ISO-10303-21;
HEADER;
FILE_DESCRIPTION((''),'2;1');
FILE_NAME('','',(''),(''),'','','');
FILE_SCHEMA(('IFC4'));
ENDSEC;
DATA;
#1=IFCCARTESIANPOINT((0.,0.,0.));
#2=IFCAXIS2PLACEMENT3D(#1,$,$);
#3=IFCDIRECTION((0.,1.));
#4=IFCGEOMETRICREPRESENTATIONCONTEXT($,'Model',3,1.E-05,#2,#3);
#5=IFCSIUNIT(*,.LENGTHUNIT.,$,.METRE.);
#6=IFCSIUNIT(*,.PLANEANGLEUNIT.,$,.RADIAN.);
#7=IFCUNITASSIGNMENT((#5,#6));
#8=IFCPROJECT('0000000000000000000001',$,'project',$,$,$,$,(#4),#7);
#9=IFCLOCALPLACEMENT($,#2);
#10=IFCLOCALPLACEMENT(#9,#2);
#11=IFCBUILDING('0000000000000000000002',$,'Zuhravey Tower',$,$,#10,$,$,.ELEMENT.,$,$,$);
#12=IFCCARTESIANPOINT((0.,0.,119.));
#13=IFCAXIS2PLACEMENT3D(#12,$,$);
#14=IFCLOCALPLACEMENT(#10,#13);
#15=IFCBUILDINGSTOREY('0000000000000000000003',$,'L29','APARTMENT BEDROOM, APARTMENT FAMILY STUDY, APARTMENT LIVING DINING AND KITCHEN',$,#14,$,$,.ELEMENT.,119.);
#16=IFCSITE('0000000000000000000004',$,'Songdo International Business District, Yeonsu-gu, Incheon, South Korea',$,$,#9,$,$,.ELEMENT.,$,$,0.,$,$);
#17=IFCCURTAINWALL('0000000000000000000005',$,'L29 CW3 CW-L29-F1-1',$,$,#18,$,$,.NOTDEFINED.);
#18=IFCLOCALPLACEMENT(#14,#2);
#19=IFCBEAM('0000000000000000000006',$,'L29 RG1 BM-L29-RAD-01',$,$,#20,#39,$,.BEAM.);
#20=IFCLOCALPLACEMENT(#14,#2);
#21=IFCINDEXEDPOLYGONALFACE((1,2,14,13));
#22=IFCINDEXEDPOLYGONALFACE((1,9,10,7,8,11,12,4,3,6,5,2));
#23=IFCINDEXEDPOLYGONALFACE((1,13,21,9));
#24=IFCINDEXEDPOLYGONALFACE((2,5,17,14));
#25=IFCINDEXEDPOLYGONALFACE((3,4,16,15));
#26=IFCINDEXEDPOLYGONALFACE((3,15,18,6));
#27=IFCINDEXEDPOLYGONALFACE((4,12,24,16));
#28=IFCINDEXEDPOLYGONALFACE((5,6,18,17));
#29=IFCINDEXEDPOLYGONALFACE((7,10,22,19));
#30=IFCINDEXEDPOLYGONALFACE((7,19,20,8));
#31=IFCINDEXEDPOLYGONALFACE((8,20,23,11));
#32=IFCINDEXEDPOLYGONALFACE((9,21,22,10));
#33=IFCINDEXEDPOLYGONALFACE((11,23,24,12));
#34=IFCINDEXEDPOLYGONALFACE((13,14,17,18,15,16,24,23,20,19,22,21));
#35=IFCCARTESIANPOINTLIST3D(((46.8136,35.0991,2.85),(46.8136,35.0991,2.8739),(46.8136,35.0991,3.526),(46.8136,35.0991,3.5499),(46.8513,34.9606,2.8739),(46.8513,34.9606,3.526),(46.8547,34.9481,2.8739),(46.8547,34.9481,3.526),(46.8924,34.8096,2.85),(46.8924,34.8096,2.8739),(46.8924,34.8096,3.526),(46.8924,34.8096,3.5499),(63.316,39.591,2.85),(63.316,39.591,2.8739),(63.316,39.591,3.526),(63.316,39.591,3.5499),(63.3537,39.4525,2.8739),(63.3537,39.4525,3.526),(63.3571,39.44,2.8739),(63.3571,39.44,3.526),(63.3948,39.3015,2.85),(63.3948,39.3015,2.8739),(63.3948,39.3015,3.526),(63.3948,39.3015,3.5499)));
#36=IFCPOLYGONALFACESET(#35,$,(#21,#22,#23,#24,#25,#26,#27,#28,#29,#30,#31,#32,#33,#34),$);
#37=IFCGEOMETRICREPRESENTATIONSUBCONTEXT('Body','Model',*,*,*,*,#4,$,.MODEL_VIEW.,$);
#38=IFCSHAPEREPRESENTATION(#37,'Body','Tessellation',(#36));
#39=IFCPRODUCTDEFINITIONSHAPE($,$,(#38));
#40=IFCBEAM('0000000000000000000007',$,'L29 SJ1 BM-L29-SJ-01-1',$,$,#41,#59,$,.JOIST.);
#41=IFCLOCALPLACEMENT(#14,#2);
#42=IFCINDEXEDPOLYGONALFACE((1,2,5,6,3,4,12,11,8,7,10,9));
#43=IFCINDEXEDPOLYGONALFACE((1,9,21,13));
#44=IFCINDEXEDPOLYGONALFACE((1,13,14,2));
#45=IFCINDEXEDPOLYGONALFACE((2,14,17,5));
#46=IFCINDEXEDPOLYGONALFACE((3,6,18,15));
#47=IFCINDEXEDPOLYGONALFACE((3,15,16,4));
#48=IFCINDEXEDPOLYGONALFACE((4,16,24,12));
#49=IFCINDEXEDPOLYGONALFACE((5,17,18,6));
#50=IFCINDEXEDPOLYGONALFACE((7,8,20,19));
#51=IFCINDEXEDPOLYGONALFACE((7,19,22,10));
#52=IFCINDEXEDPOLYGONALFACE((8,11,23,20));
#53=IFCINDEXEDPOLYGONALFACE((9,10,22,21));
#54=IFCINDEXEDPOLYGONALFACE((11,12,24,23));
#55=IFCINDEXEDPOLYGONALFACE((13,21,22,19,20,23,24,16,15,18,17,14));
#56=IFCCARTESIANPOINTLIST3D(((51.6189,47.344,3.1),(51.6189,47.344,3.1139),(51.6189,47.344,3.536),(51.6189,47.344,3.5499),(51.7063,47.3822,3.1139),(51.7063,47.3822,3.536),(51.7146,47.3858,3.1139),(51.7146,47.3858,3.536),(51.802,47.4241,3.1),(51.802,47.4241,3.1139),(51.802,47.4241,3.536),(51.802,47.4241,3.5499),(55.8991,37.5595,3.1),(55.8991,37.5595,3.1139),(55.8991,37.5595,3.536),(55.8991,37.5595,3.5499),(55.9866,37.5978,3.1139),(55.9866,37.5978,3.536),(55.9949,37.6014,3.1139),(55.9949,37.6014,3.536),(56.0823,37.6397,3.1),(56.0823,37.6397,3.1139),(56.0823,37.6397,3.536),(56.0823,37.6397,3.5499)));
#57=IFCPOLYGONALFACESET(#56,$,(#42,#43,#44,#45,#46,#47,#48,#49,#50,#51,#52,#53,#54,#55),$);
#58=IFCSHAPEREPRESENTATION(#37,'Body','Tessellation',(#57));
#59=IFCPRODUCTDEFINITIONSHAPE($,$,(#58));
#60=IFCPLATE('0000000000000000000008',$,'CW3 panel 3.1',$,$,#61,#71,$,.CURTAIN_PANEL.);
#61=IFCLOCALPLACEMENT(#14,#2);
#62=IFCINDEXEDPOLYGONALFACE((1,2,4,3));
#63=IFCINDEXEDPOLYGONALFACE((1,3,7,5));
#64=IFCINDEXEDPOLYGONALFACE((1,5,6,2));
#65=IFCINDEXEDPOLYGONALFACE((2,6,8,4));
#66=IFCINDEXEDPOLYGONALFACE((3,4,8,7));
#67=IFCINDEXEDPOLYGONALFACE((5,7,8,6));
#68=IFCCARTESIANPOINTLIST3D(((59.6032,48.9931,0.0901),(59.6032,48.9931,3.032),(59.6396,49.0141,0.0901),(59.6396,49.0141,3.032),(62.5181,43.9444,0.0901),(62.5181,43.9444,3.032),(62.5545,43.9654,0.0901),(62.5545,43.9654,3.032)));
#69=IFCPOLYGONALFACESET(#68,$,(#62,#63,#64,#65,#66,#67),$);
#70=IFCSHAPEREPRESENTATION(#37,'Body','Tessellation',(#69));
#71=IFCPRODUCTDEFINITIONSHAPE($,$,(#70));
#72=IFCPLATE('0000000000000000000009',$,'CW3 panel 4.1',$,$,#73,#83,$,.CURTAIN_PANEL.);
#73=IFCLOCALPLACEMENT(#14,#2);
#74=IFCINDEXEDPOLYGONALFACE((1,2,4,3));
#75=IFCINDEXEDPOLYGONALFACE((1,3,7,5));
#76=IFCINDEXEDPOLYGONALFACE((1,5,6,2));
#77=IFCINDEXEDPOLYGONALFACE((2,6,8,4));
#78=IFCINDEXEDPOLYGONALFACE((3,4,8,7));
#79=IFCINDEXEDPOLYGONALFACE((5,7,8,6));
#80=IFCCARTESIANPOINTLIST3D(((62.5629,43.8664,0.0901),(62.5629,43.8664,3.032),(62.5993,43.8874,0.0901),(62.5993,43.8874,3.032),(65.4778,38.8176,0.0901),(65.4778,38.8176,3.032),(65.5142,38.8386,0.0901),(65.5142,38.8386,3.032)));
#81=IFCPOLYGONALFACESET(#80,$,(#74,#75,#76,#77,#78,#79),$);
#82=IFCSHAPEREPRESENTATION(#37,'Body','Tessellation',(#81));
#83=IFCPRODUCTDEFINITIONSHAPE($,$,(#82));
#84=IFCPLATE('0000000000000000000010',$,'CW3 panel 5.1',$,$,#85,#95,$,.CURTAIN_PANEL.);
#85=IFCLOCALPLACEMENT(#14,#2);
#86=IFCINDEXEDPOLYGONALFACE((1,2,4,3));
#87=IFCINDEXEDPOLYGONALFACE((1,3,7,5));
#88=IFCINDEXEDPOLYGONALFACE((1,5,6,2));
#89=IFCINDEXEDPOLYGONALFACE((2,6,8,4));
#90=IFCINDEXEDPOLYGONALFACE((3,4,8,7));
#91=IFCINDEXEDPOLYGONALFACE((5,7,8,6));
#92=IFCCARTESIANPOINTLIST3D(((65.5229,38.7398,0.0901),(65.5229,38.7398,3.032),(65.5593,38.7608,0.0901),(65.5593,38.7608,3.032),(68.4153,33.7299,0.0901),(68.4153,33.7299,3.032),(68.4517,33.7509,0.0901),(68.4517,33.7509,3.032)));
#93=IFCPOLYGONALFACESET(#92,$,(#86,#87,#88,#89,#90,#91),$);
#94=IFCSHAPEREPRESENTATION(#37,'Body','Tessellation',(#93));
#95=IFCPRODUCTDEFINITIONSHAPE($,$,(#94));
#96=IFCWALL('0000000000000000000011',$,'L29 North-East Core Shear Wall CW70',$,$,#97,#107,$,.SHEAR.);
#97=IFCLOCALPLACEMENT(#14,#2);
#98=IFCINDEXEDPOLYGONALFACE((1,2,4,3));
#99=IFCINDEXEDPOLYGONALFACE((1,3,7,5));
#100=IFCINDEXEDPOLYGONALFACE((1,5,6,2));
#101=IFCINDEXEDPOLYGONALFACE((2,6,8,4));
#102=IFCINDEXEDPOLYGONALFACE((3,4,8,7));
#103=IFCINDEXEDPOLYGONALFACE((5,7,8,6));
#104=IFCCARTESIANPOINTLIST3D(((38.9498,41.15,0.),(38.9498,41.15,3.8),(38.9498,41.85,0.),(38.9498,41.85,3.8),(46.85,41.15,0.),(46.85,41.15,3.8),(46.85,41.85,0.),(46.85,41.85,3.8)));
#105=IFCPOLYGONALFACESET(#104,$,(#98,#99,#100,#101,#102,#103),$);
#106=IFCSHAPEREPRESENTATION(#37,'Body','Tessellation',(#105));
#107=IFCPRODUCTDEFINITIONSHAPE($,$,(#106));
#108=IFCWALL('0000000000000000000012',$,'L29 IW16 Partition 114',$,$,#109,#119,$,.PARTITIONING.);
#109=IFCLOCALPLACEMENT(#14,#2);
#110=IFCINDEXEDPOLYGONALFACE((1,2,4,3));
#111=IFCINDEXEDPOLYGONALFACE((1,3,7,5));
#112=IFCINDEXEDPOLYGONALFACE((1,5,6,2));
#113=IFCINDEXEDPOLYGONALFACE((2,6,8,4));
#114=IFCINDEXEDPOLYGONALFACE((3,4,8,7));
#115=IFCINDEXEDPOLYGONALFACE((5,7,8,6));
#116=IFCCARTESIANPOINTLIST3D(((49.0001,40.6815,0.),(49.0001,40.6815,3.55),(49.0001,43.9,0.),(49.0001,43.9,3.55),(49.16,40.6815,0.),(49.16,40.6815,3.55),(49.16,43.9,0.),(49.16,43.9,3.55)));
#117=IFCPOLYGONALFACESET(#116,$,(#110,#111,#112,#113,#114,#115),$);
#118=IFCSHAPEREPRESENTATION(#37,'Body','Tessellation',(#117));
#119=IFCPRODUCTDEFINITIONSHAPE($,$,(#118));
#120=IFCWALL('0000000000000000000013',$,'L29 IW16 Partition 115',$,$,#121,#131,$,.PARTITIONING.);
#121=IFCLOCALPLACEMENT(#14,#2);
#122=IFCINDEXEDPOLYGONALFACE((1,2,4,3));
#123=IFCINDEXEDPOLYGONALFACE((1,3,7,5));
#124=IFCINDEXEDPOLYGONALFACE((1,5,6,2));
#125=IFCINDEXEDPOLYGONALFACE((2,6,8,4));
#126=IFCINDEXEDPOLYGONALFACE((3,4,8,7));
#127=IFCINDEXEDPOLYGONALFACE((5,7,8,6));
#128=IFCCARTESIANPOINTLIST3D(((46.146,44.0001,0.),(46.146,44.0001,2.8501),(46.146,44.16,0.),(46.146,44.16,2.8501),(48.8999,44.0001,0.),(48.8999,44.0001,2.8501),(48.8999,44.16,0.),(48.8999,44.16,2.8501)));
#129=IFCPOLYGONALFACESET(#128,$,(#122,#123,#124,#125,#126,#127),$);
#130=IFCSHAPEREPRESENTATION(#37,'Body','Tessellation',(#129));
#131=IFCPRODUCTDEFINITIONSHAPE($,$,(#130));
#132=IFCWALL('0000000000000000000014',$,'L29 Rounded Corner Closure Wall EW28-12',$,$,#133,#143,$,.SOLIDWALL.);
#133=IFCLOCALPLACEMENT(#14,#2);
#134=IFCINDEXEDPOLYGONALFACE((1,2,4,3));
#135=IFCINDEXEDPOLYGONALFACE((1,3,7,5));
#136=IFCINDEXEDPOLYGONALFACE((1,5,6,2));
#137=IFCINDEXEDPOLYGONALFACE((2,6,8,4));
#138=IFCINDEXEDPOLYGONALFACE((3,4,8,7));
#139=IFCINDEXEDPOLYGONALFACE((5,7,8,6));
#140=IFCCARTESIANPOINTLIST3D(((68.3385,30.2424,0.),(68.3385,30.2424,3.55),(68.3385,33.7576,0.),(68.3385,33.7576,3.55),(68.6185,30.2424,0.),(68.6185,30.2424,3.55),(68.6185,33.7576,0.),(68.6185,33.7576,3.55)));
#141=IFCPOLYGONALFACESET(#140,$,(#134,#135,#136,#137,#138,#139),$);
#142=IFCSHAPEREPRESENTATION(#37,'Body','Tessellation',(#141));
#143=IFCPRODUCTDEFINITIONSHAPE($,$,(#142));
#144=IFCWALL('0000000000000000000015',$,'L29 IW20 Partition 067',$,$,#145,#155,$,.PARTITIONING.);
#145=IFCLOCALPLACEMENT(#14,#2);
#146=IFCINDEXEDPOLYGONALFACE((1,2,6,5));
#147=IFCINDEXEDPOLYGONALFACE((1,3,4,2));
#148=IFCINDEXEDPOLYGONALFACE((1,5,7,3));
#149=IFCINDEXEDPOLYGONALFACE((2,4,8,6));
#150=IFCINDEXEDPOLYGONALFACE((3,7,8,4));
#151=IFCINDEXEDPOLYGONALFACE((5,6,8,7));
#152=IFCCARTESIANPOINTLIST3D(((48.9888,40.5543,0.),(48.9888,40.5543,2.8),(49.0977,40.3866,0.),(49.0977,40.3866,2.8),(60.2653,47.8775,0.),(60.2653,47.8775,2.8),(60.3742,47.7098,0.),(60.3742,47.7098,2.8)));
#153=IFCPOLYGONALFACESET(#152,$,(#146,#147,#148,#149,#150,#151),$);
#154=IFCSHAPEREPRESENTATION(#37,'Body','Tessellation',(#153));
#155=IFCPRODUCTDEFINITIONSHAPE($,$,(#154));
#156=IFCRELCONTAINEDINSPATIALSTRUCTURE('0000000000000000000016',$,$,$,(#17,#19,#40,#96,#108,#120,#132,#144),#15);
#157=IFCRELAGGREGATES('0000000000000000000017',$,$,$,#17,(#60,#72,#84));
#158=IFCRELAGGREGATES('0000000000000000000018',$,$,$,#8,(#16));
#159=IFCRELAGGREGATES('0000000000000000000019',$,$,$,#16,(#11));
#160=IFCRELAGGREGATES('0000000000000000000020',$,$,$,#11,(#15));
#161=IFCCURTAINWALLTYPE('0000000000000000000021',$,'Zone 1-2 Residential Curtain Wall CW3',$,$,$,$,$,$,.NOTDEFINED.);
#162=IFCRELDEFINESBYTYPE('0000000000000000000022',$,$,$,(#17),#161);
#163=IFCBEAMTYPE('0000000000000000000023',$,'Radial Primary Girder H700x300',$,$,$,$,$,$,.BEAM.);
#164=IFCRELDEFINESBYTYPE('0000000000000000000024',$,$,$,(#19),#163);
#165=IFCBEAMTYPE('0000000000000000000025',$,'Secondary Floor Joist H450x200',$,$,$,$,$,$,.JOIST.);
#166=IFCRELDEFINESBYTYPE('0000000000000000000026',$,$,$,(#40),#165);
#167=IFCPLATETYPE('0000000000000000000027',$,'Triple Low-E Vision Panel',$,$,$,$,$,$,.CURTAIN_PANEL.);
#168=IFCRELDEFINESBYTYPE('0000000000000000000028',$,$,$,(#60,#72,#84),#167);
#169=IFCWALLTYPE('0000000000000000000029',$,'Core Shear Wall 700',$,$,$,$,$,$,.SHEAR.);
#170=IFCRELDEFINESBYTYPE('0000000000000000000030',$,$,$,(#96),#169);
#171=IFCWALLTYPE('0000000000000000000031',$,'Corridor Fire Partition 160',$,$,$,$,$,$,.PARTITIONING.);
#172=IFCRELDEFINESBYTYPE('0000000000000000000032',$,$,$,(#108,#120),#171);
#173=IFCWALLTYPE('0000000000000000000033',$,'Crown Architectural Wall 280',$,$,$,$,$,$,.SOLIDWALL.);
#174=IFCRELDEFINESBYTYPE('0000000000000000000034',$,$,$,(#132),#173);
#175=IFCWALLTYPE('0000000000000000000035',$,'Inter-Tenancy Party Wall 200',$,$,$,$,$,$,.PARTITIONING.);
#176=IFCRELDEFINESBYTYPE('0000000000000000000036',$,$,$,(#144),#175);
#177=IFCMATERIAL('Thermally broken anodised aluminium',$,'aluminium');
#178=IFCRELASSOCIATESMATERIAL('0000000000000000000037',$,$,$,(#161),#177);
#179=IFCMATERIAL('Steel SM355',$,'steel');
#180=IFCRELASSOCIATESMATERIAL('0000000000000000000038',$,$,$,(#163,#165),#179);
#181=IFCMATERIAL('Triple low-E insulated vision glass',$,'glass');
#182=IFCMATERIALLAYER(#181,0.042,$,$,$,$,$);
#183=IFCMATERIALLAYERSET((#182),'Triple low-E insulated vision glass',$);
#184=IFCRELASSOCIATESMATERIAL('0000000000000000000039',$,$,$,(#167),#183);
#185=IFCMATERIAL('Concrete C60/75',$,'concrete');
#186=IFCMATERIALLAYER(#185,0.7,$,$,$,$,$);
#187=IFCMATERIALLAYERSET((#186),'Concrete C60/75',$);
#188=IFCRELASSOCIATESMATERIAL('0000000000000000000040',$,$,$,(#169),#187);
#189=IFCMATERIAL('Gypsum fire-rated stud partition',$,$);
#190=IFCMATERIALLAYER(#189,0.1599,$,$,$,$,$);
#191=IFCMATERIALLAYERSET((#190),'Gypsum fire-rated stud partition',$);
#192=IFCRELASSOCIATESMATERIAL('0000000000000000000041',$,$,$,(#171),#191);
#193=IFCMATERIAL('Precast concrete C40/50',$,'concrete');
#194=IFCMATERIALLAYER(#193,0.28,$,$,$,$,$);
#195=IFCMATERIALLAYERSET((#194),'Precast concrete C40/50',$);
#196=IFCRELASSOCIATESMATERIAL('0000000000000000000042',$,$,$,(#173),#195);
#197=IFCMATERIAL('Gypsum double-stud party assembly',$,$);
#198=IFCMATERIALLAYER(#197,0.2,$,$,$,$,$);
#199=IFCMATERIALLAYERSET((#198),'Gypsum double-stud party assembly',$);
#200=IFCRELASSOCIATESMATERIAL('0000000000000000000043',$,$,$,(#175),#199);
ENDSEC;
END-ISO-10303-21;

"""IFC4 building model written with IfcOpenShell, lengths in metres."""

from ifc_helpers import new_model, si_unit, direction, frame, frame_2d, origin, origin_2d, place, context, subcontext, project, spatial, rectangle, i_section, extrude, material, layer, layer_set, material_profile, profile_set, type_object, element, aggregate, save


model = new_model("IFC4")

# Units and contexts
model_context = context("Model", 3, precision=1e-05, world=origin(), true_north=direction((0.0, 1.0)))
body_context = subcontext(model_context, "Body", "Model", "MODEL_VIEW")
ifc_project = project(units=[si_unit("LENGTHUNIT", "METRE"), si_unit("PLANEANGLEUNIT", "RADIAN")], contexts=[model_context])

# Site, building, storey
site_placement = place(None, origin())
site = spatial("IfcSite", under=ifc_project, at=site_placement, Name="Songdo International Business District, Yeonsu-gu, Incheon, South Korea", CompositionType="ELEMENT", RefElevation=0.0)
building_placement = place(site_placement, origin())
building = spatial("IfcBuilding", under=site, at=building_placement, Name="Zuhravey Tower", CompositionType="ELEMENT")
storey_placement = place(building_placement, frame((0.0, 0.0, 119.0)))
storey = spatial("IfcBuildingStorey", under=building, at=storey_placement, Name="L29", Description="APARTMENT BEDROOM, APARTMENT FAMILY STUDY, APARTMENT LIVING DINING AND KITCHEN", CompositionType="ELEMENT", Elevation=119.0)

# Shared definitions
ifc_material_1 = material(Name="Concrete C60/75", Category="concrete")

# Curtain wall
ifc_material_2 = material(Name="Thermally broken anodised aluminium", Category="aluminium")
curtain_wall_type = type_object("IfcCurtainWallType", Name="Zone 1-2 Residential Curtain Wall CW3", PredefinedType="NOTDEFINED", material=ifc_material_2)
curtain_wall_placement = place(storey_placement, origin())
curtain_wall = element("IfcCurtainWall", 1, at=curtain_wall_placement, inside=storey, type_object=curtain_wall_type, Name="L29 CW3 CW-L29-F1-1", PredefinedType="NOTDEFINED")

# Beams
ifc_material_3 = material(Name="Steel SM355", Category="steel")
ifc_material_profile_1 = material_profile(ifc_material_3, i_section(OverallWidth=0.3, OverallDepth=0.7, WebThickness=0.0129, FlangeThickness=0.0239, at=origin_2d()), Name="H-700x300x13x24")
ifc_profile_set_1 = profile_set([ifc_material_profile_1], Name="Steel SM355")
beam_type_1 = type_object("IfcBeamType", Name="Radial Primary Girder H700x300", PredefinedType="BEAM", material=ifc_profile_set_1)
beam_1_placement = place(storey_placement, frame((46.853, 34.9543, 3.2), z_axis=(0.964893, 0.262643, 0.0), x_axis=(-0.262643, 0.964893, 0.0)))
element("IfcBeam", 2, at=beam_1_placement, inside=storey, type_object=beam_type_1, Name="L29 RG1 BM-L29-RAD-01", PredefinedType="BEAM", context=body_context, shape_type="SweptSolid", body=[
    extrude(i_section(OverallWidth=0.3, OverallDepth=0.7, WebThickness=0.0129, FlangeThickness=0.0239, at=origin_2d()), origin(), (0.0, 0.0, 1.0), 17.1028),
])
ifc_material_profile_2 = material_profile(ifc_material_3, i_section(OverallWidth=0.2, OverallDepth=0.45, WebThickness=0.009, FlangeThickness=0.0139, at=origin_2d()), Name="H-450x200x9x14")
ifc_profile_set_2 = profile_set([ifc_material_profile_2], Name="Steel SM355")
beam_type_2 = type_object("IfcBeamType", Name="Secondary Floor Joist H450x200", PredefinedType="JOIST", material=ifc_profile_set_2)
beam_2_placement = place(storey_placement, frame((55.9907, 37.5996, 3.325), z_axis=(-0.400786, 0.916172, 0.0), x_axis=(-0.916172, -0.400786, 0.0)))
element("IfcBeam", 3, at=beam_2_placement, inside=storey, type_object=beam_type_2, Name="L29 SJ1 BM-L29-SJ-01-1", PredefinedType="JOIST", context=body_context, shape_type="SweptSolid", body=[
    extrude(i_section(OverallWidth=0.2, OverallDepth=0.45, WebThickness=0.009, FlangeThickness=0.0139, at=origin_2d()), origin(), (0.0, 0.0, 1.0), 10.6797),
])

# Plates
ifc_material_4 = material(Name="Triple low-E insulated vision glass", Category="glass")
ifc_layer_1 = layer(ifc_material_4, 0.042)
ifc_layer_set_1 = layer_set([ifc_layer_1], Name="Triple low-E insulated vision glass")
plate_type = type_object("IfcPlateType", Name="Triple Low-E Vision Panel", PredefinedType="CURTAIN_PANEL", material=ifc_layer_set_1)
plate_1_placement = place(storey_placement, frame((61.0789, 46.4792, 0.0901), z_axis=(0.0, 0.0, 1.0), x_axis=(0.5, -0.866026, 0.0)))
plate_1 = element("IfcPlate", 4, at=plate_1_placement, type_object=plate_type, Name="CW3 panel 3.1", PredefinedType="CURTAIN_PANEL", context=body_context, shape_type="SweptSolid", body=[
    extrude(rectangle(XDim=5.8298, YDim=0.042, at=origin_2d()), origin(), (0.0, 0.0, 1.0), 2.9419),
])
plate_2_placement = place(storey_placement, frame((64.0386, 41.3525, 0.0901), z_axis=(0.0, 0.0, 1.0), x_axis=(0.5, -0.866026, 0.0)))
plate_2 = element("IfcPlate", 5, at=plate_2_placement, type_object=plate_type, Name="CW3 panel 4.1", PredefinedType="CURTAIN_PANEL", context=body_context, shape_type="SweptSolid", body=[
    extrude(rectangle(XDim=5.8298, YDim=0.042, at=origin_2d()), origin(), (0.0, 0.0, 1.0), 2.9419),
])
plate_3_placement = place(storey_placement, frame((66.9873, 36.2454, 0.0901), z_axis=(0.0, 0.0, 1.0), x_axis=(0.5, -0.866026, 0.0)))
plate_3 = element("IfcPlate", 6, at=plate_3_placement, type_object=plate_type, Name="CW3 panel 5.1", PredefinedType="CURTAIN_PANEL", context=body_context, shape_type="SweptSolid", body=[
    extrude(rectangle(XDim=5.7849, YDim=0.042, at=origin_2d()), origin(), (0.0, 0.0, 1.0), 2.9419),
])
aggregate(curtain_wall, [plate_1, plate_2, plate_3])

# Walls
ifc_layer_2 = layer(ifc_material_1, 0.7)
ifc_layer_set_2 = layer_set([ifc_layer_2], Name="Concrete C60/75")
wall_type_1 = type_object("IfcWallType", Name="Core Shear Wall 700", PredefinedType="SHEAR", material=ifc_layer_set_2)
wall_1_placement = place(storey_placement, frame((46.8501, 41.5, 0.0), z_axis=(0.0, 0.0, 1.0), x_axis=(-1.0, 0.0, 0.0)))
element("IfcWall", 7, at=wall_1_placement, inside=storey, type_object=wall_type_1, Name="L29 North-East Core Shear Wall CW70", PredefinedType="SHEAR", context=body_context, shape_type="SweptSolid", body=[
    extrude(rectangle(XDim=7.9001, YDim=0.7, at=frame_2d((3.9502, 0.0))), origin(), (0.0, 0.0, 1.0), 3.8),
])
ifc_material_5 = material(Name="Gypsum fire-rated stud partition")
ifc_layer_3 = layer(ifc_material_5, 0.1599)
ifc_layer_set_3 = layer_set([ifc_layer_3], Name="Gypsum fire-rated stud partition")
wall_type_2 = type_object("IfcWallType", Name="Corridor Fire Partition 160", PredefinedType="PARTITIONING", material=ifc_layer_set_3)
wall_2_placement = place(storey_placement, frame((49.0801, 40.6814, 0.0), z_axis=(0.0, 0.0, 1.0), x_axis=(0.0, 1.0, 0.0)))
element("IfcWall", 8, at=wall_2_placement, inside=storey, type_object=wall_type_2, Name="L29 IW16 Partition 114", PredefinedType="PARTITIONING", context=body_context, shape_type="SweptSolid", body=[
    extrude(rectangle(XDim=3.2185, YDim=0.1599, at=frame_2d((1.6094, 0.0))), origin(), (0.0, 0.0, 1.0), 3.55),
])
wall_3_placement = place(storey_placement, frame((48.8999, 44.0801, 0.0), z_axis=(0.0, 0.0, 1.0), x_axis=(-1.0, 0.0, 0.0)))
element("IfcWall", 9, at=wall_3_placement, inside=storey, type_object=wall_type_2, Name="L29 IW16 Partition 115", PredefinedType="PARTITIONING", context=body_context, shape_type="SweptSolid", body=[
    extrude(rectangle(XDim=2.7539, YDim=0.1599, at=frame_2d((1.377, 0.0))), origin(), (0.0, 0.0, 1.0), 2.8501),
])
ifc_material_6 = material(Name="Precast concrete C40/50", Category="concrete")
ifc_layer_4 = layer(ifc_material_6, 0.28)
ifc_layer_set_4 = layer_set([ifc_layer_4], Name="Precast concrete C40/50")
wall_type_3 = type_object("IfcWallType", Name="Crown Architectural Wall 280", PredefinedType="SOLIDWALL", material=ifc_layer_set_4)
wall_4_placement = place(storey_placement, frame((68.4785, 33.7576, 0.0), z_axis=(0.0, 0.0, 1.0), x_axis=(0.0, -1.0, 0.0)))
element("IfcWall", 10, at=wall_4_placement, inside=storey, type_object=wall_type_3, Name="L29 Rounded Corner Closure Wall EW28-12", PredefinedType="SOLIDWALL", context=body_context, shape_type="SweptSolid", body=[
    extrude(rectangle(XDim=3.5151, YDim=0.28, at=frame_2d((1.7576, 0.0))), origin(), (0.0, 0.0, 1.0), 3.55),
])
ifc_material_7 = material(Name="Gypsum double-stud party assembly")
ifc_layer_5 = layer(ifc_material_7, 0.2)
ifc_layer_set_5 = layer_set([ifc_layer_5], Name="Gypsum double-stud party assembly")
wall_type_4 = type_object("IfcWallType", Name="Inter-Tenancy Party Wall 200", PredefinedType="PARTITIONING", material=ifc_layer_set_5)
wall_5_placement = place(storey_placement, frame((49.0432, 40.4705, 0.0), z_axis=(0.0, 0.0, 1.0), x_axis=(0.838666, 0.544646, 0.0)))
element("IfcWall", 11, at=wall_5_placement, inside=storey, type_object=wall_type_4, Name="L29 IW20 Partition 067", PredefinedType="PARTITIONING", context=body_context, shape_type="SweptSolid", body=[
    extrude(rectangle(XDim=13.4458, YDim=0.2, at=frame_2d((6.7229, 0.0))), origin(), (0.0, 0.0, 1.0), 2.8),
])

save(model, "model.ifc")
